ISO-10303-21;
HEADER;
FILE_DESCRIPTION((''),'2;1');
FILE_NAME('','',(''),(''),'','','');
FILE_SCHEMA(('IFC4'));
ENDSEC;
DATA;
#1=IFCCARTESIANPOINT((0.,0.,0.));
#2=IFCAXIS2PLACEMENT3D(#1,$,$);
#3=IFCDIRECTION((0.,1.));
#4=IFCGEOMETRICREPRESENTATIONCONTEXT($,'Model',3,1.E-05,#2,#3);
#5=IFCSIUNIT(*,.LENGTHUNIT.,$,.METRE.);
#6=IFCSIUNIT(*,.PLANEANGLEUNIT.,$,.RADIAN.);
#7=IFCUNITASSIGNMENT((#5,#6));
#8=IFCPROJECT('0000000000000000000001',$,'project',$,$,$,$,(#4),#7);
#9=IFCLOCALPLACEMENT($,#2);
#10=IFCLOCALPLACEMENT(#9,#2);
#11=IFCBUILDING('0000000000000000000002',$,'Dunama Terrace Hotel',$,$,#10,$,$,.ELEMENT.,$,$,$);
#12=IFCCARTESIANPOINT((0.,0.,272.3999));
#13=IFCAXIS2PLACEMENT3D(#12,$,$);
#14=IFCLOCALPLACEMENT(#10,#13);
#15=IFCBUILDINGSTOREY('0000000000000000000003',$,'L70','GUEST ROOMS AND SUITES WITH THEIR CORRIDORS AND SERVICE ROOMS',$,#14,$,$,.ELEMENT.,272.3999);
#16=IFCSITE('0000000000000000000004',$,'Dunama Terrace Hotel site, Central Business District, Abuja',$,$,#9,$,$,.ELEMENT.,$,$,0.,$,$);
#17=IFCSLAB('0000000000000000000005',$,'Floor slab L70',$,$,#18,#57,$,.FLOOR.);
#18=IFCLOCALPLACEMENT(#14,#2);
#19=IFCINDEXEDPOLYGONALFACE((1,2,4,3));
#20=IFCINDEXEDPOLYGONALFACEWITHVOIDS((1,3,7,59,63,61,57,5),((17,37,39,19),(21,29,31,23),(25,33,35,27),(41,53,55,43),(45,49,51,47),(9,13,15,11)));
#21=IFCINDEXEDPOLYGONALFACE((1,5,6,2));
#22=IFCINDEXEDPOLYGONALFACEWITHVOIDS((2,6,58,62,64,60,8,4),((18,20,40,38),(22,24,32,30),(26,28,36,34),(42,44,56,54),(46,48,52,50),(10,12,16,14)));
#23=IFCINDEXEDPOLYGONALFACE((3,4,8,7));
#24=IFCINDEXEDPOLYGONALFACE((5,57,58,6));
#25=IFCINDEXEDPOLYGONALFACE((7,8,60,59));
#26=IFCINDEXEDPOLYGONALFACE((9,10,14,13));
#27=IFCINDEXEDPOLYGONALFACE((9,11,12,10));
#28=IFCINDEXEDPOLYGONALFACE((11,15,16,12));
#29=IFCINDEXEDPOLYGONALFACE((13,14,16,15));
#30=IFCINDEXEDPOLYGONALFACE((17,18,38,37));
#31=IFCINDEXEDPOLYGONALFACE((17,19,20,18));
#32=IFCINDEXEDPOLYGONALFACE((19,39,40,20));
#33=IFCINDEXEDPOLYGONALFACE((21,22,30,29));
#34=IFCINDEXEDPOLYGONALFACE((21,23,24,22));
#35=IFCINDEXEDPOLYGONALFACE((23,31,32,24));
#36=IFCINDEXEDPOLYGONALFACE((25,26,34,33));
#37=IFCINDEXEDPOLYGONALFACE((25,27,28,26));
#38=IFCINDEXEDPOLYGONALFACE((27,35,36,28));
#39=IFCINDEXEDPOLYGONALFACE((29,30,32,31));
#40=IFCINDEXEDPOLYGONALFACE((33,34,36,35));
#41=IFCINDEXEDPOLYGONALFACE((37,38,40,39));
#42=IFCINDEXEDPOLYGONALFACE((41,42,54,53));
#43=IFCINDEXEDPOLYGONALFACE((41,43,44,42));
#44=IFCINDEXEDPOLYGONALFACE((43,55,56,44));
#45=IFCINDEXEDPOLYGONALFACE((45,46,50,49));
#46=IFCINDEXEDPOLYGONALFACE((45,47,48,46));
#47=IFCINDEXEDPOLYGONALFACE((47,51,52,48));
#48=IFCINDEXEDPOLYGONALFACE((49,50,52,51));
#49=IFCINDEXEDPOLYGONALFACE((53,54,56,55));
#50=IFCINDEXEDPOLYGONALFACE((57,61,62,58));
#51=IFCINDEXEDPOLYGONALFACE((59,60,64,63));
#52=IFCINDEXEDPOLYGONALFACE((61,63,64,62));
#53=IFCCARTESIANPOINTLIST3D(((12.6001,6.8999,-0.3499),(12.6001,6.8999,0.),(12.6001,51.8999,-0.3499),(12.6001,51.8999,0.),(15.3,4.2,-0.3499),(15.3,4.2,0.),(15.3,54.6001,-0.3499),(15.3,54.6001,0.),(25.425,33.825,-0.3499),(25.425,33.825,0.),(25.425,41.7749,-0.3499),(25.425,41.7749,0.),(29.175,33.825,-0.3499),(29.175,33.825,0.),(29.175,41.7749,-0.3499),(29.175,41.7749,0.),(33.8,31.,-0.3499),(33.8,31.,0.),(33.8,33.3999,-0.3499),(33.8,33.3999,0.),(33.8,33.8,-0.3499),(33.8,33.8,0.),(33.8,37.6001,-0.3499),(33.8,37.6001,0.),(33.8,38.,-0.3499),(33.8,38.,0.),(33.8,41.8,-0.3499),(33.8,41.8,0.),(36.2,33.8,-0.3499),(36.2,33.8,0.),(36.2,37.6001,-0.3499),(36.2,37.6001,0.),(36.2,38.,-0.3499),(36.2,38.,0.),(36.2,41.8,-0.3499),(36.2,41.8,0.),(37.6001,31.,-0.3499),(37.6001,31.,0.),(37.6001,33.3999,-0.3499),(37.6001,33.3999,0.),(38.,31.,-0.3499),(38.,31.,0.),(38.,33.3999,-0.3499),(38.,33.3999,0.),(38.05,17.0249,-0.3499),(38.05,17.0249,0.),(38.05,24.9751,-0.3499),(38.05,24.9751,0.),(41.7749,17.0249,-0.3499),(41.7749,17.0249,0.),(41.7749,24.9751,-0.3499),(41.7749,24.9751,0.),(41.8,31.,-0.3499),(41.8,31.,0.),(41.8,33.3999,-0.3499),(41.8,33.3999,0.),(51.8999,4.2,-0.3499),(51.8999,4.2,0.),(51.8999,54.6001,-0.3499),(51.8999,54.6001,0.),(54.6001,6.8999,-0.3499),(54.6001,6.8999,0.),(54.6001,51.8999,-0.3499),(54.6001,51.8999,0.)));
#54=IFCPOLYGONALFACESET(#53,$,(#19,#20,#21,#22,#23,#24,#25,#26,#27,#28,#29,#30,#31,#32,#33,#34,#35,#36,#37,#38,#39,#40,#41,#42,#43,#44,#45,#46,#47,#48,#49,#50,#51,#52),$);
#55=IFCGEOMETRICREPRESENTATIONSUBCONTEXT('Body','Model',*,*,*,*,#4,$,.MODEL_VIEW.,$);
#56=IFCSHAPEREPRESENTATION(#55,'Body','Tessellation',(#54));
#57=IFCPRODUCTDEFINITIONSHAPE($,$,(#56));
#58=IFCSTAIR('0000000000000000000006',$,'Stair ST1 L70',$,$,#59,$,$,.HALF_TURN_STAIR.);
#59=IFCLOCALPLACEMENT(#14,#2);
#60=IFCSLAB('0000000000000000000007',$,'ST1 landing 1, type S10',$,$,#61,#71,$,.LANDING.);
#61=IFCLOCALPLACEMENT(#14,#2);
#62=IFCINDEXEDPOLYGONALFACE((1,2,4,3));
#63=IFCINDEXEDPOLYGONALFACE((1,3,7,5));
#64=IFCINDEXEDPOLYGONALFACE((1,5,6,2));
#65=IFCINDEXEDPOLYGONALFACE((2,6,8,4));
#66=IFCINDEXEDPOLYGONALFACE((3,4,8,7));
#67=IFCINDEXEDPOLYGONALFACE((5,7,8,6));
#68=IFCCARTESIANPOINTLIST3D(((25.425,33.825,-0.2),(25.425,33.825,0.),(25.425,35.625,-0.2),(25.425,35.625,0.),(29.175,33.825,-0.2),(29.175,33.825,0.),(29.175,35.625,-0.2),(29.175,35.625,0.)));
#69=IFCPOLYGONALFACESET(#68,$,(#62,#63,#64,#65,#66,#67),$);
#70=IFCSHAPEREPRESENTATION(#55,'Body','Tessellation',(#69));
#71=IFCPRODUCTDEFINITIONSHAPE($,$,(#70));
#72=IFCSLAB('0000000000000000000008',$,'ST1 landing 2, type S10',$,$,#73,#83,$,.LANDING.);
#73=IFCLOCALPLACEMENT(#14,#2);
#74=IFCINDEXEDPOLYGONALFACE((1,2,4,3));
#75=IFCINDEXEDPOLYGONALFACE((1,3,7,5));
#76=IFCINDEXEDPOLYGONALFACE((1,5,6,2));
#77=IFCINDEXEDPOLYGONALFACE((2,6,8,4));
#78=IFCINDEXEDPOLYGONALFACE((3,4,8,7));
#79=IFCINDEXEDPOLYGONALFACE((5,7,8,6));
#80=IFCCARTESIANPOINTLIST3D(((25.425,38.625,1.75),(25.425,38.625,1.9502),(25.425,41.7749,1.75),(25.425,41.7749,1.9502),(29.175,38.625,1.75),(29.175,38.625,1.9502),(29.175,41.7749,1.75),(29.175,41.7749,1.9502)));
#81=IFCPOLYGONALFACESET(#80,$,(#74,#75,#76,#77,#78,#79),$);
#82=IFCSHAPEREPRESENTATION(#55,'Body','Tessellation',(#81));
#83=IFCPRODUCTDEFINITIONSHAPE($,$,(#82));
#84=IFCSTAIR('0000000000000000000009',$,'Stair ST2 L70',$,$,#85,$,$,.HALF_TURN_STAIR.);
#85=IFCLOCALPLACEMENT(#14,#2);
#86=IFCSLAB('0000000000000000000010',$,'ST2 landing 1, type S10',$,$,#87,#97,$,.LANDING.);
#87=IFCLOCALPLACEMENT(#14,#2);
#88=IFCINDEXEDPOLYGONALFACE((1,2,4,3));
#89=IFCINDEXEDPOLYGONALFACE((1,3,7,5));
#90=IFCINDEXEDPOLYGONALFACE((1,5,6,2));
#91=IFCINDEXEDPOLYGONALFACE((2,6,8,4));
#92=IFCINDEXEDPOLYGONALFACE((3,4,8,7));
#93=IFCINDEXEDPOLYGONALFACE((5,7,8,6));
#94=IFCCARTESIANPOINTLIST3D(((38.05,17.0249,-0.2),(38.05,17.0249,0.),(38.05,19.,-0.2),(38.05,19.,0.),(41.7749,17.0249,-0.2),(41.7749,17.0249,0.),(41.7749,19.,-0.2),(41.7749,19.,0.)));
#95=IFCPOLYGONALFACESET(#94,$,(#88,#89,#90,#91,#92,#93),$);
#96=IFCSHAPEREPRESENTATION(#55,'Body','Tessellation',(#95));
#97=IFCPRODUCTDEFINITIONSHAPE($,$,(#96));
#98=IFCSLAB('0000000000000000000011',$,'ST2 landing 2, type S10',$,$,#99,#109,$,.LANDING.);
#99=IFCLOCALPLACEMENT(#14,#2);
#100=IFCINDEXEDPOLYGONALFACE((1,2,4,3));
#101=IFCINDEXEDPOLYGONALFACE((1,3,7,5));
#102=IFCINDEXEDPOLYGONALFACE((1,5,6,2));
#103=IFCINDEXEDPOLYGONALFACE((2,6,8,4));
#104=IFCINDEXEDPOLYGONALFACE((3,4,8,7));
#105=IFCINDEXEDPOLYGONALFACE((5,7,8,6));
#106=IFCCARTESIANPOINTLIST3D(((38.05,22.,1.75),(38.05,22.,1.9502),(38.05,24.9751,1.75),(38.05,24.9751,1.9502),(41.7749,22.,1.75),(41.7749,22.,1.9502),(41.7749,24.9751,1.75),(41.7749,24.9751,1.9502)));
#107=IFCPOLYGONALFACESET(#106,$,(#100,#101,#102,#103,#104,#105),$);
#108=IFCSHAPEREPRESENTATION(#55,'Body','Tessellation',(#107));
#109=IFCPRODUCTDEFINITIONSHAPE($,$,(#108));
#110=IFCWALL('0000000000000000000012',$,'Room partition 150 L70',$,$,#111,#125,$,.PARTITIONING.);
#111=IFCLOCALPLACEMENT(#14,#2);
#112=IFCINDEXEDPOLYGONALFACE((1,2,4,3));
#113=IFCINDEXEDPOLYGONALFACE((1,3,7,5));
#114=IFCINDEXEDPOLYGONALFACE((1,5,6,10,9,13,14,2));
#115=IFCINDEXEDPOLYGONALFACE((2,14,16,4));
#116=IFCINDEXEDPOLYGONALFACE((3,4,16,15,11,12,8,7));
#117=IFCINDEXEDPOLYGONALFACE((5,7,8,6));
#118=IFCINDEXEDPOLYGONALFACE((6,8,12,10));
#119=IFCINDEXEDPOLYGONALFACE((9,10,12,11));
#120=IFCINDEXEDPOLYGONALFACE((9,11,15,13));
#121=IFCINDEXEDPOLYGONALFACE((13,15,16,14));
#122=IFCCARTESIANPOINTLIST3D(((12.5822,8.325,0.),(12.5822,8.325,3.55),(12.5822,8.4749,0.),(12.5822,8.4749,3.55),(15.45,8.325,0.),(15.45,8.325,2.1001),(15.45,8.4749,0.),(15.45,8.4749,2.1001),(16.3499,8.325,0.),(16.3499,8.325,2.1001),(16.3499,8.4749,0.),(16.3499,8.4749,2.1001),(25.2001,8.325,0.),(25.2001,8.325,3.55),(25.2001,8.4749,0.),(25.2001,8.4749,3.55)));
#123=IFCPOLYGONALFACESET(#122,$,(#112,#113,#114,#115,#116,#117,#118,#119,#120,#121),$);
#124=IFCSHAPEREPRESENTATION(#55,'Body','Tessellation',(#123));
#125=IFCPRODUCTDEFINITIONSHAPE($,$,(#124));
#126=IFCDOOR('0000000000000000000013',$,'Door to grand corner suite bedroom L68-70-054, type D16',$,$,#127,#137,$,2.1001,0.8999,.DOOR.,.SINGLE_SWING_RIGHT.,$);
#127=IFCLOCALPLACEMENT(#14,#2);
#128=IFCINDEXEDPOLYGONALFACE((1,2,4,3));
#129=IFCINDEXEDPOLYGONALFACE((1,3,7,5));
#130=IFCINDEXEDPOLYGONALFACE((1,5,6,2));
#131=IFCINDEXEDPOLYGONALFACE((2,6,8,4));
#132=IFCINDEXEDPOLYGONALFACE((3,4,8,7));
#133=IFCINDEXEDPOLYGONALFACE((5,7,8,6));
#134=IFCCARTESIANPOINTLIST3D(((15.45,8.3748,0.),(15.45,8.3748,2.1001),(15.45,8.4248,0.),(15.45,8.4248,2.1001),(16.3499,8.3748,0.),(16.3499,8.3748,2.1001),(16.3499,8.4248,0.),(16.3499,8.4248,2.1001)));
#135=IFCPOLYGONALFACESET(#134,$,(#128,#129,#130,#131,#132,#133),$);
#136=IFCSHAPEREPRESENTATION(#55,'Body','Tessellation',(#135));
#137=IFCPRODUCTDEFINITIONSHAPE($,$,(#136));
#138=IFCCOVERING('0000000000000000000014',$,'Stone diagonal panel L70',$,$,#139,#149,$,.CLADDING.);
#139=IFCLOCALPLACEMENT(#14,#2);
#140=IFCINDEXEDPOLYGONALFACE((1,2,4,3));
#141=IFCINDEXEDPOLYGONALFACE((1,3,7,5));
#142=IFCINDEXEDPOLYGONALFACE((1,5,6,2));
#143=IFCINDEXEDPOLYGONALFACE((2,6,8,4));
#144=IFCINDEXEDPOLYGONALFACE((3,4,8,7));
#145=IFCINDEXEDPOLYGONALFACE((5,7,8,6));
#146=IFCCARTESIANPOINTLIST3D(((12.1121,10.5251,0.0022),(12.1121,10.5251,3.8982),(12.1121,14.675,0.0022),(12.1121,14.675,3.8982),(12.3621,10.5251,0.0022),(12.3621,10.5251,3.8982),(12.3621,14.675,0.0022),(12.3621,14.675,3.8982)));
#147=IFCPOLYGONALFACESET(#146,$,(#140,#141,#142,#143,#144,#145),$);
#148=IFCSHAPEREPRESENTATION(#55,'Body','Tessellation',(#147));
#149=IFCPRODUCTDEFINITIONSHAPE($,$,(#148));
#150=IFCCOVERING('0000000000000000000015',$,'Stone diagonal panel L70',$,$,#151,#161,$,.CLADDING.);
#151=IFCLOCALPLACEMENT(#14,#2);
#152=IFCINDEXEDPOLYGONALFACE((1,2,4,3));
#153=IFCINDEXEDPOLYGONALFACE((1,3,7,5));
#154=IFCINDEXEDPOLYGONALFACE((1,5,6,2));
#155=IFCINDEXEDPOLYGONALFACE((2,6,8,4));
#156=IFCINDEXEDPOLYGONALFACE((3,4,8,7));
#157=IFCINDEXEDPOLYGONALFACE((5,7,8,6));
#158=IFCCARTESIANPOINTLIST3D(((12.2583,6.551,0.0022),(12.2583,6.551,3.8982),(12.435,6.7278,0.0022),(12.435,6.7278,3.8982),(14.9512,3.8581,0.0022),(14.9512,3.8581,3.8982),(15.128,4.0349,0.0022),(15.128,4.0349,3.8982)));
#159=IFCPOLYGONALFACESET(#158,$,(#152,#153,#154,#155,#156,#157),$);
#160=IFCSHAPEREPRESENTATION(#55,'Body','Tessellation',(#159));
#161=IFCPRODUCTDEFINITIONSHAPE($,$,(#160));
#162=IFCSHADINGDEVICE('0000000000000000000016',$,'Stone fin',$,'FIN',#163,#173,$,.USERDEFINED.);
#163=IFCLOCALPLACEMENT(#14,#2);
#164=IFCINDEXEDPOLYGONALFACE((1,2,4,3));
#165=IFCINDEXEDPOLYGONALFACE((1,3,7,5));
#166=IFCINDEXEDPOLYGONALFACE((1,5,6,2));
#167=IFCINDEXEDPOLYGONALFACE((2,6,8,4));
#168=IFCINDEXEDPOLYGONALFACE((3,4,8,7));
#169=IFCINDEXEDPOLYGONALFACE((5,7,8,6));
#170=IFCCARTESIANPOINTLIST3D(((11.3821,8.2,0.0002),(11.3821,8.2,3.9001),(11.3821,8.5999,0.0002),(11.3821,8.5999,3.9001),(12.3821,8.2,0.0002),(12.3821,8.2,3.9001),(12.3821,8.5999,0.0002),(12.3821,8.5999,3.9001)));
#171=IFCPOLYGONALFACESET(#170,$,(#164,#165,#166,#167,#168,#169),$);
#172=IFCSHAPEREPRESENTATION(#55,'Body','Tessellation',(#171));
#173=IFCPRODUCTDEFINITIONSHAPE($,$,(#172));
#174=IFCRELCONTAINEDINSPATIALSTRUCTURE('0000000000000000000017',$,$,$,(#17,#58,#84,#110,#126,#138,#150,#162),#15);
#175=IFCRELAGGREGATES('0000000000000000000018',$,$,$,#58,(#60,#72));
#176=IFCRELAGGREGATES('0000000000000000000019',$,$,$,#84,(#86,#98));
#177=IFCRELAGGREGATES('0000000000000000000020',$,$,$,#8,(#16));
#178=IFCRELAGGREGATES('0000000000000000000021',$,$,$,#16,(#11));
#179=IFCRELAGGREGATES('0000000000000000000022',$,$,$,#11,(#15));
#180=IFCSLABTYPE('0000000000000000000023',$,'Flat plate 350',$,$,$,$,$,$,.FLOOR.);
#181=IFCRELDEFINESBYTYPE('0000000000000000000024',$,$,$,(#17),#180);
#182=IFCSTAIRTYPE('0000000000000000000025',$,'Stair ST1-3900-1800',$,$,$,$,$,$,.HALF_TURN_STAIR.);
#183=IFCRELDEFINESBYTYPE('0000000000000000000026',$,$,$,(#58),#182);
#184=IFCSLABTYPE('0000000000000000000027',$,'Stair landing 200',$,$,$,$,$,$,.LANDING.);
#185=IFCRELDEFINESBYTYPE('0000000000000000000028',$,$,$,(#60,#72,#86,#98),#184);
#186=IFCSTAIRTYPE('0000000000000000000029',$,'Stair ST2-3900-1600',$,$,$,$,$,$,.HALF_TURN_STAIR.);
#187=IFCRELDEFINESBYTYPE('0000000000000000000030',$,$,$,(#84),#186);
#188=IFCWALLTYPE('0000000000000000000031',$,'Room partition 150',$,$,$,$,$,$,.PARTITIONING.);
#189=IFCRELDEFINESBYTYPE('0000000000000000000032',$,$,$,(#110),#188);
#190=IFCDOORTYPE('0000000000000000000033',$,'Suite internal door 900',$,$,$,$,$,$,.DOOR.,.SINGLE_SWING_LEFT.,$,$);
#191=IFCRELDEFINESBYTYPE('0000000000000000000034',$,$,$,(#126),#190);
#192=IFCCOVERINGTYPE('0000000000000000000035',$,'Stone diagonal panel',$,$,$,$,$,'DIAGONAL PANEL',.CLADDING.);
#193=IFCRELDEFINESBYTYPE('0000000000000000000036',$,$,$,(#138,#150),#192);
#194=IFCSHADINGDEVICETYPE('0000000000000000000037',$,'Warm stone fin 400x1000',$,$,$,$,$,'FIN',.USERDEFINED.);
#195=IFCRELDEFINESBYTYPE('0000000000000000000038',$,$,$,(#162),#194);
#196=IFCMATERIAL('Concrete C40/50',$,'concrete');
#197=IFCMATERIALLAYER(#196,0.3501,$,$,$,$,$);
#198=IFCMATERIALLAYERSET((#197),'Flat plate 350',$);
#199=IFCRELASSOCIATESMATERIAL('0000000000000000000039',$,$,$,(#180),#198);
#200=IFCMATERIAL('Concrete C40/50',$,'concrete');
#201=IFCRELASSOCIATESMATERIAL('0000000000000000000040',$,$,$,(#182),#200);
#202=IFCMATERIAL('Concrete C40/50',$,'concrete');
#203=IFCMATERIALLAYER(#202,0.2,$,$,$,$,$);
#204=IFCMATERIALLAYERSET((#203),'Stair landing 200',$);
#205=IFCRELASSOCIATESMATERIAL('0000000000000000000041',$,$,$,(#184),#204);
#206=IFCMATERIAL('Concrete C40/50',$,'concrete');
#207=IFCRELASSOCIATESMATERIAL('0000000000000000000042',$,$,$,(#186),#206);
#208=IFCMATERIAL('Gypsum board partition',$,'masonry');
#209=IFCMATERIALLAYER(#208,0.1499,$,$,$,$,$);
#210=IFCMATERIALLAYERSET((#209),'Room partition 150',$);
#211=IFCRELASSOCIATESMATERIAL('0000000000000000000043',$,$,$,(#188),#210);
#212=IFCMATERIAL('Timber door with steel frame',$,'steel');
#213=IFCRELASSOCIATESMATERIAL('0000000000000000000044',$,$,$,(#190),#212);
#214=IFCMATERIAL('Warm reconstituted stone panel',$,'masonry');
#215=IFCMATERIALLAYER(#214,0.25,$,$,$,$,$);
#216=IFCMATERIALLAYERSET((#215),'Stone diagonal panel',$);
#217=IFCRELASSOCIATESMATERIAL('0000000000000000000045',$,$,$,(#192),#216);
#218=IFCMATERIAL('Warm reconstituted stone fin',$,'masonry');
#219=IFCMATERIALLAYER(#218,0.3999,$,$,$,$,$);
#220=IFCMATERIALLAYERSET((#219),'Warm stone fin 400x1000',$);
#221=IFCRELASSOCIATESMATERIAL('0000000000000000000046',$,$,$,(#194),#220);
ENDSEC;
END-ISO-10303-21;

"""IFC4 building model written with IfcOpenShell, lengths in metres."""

from ifc_helpers import new_model, si_unit, direction, frame, frame_2d, origin, origin_2d, place, context, subcontext, project, spatial, polyline, rectangle, outline, extrude, material, layer, layer_set, type_object, element, fill, aggregate, save


model = new_model("IFC4")

# Units and contexts
model_context = context("Model", 3, precision=1e-05, world=origin(), true_north=direction((0.0, 1.0)))
body_context = subcontext(model_context, "Body", "Model", "MODEL_VIEW")
ifc_project = project(units=[si_unit("LENGTHUNIT", "METRE"), si_unit("PLANEANGLEUNIT", "RADIAN")], contexts=[model_context])

# Site, building, storey
site_placement = place(None, origin())
site = spatial("IfcSite", under=ifc_project, at=site_placement, Name="Dunama Terrace Hotel site, Central Business District, Abuja", CompositionType="ELEMENT", RefElevation=0.0)
building_placement = place(site_placement, origin())
building = spatial("IfcBuilding", under=site, at=building_placement, Name="Dunama Terrace Hotel", CompositionType="ELEMENT")
storey_placement = place(building_placement, frame((0.0, 0.0, 272.3999)))
storey = spatial("IfcBuildingStorey", under=building, at=storey_placement, Name="L70", Description="GUEST ROOMS AND SUITES WITH THEIR CORRIDORS AND SERVICE ROOMS", CompositionType="ELEMENT", Elevation=272.3999)

# Slab
ifc_material_1 = material(Name="Concrete C40/50", Category="concrete")
ifc_layer_1 = layer(ifc_material_1, 0.3501)
ifc_layer_set_1 = layer_set([ifc_layer_1], Name="Flat plate 350")
slab_type_1 = type_object("IfcSlabType", Name="Flat plate 350", PredefinedType="FLOOR", material=ifc_layer_set_1)
slab_1_placement = place(storey_placement, frame((0.0, 0.0, -0.3499)))
element("IfcSlab", 1, at=slab_1_placement, inside=storey, type_object=slab_type_1, Name="Floor slab L70", PredefinedType="FLOOR", context=body_context, shape_type="SweptSolid", body=[
    extrude(outline(polyline([(15.3, 4.2), (51.8999, 4.2), (54.6001, 6.8999), (54.6001, 51.8999), (51.8999, 54.6001), (15.3, 54.6001), (12.6001, 51.8999), (12.6001, 6.8999), (15.3, 4.2)]), holes=[polyline([(37.6001, 31.0), (37.6001, 33.3999), (33.8, 33.3999), (33.8, 31.0), (37.6001, 31.0)]), polyline([(41.8, 31.0), (41.8, 33.3999), (38.0, 33.3999), (38.0, 31.0), (41.8, 31.0)]), polyline([(36.2, 38.0), (36.2, 41.8), (33.8, 41.8), (33.8, 38.0), (36.2, 38.0)]), polyline([(36.2, 33.8), (36.2, 37.6001), (33.8, 37.6001), (33.8, 33.8), (36.2, 33.8)]), polyline([(29.175, 33.825), (29.175, 41.7749), (25.425, 41.7749), (25.425, 33.825), (29.175, 33.825)]), polyline([(41.7749, 17.0249), (41.7749, 24.9751), (38.05, 24.9751), (38.05, 17.0249), (41.7749, 17.0249)])]), origin(), (0.0, 0.0, 1.0), 0.3499),
])

# Stairs, slabs
ifc_material_2 = material(Name="Concrete C40/50", Category="concrete")
stair_type_1 = type_object("IfcStairType", Name="Stair ST1-3900-1800", PredefinedType="HALF_TURN_STAIR", material=ifc_material_2)
stair_1_placement = place(storey_placement, origin())
stair_1 = element("IfcStair", 2, at=stair_1_placement, inside=storey, type_object=stair_type_1, Name="Stair ST1 L70", PredefinedType="HALF_TURN_STAIR")
ifc_material_3 = material(Name="Concrete C40/50", Category="concrete")
ifc_layer_2 = layer(ifc_material_3, 0.2)
ifc_layer_set_2 = layer_set([ifc_layer_2], Name="Stair landing 200")
slab_type_2 = type_object("IfcSlabType", Name="Stair landing 200", PredefinedType="LANDING", material=ifc_layer_set_2)
slab_2_placement = place(storey_placement, frame((0.0, 0.0, -0.2)))
slab_2 = element("IfcSlab", 3, at=slab_2_placement, type_object=slab_type_2, Name="ST1 landing 1, type S10", PredefinedType="LANDING", context=body_context, shape_type="SweptSolid", body=[
    extrude(outline(polyline([(25.425, 33.825), (29.175, 33.825), (29.175, 35.625), (25.425, 35.625), (25.425, 33.825)])), origin(), (0.0, 0.0, 1.0), 0.2),
])
slab_3_placement = place(storey_placement, frame((0.0, 0.0, 1.75)))
slab_3 = element("IfcSlab", 4, at=slab_3_placement, type_object=slab_type_2, Name="ST1 landing 2, type S10", PredefinedType="LANDING", context=body_context, shape_type="SweptSolid", body=[
    extrude(outline(polyline([(25.425, 38.625), (29.175, 38.625), (29.175, 41.7749), (25.425, 41.7749), (25.425, 38.625)])), origin(), (0.0, 0.0, 1.0), 0.2002),
])
aggregate(stair_1, [slab_2, slab_3])
ifc_material_4 = material(Name="Concrete C40/50", Category="concrete")
stair_type_2 = type_object("IfcStairType", Name="Stair ST2-3900-1600", PredefinedType="HALF_TURN_STAIR", material=ifc_material_4)
stair_2_placement = place(storey_placement, origin())
stair_2 = element("IfcStair", 5, at=stair_2_placement, inside=storey, type_object=stair_type_2, Name="Stair ST2 L70", PredefinedType="HALF_TURN_STAIR")
slab_4_placement = place(storey_placement, frame((0.0, 0.0, -0.2)))
slab_4 = element("IfcSlab", 6, at=slab_4_placement, type_object=slab_type_2, Name="ST2 landing 1, type S10", PredefinedType="LANDING", context=body_context, shape_type="SweptSolid", body=[
    extrude(outline(polyline([(38.05, 17.0249), (41.7749, 17.0249), (41.7749, 19.0), (38.05, 19.0), (38.05, 17.0249)])), origin(), (0.0, 0.0, 1.0), 0.2),
])
slab_5_placement = place(storey_placement, frame((0.0, 0.0, 1.75)))
slab_5 = element("IfcSlab", 7, at=slab_5_placement, type_object=slab_type_2, Name="ST2 landing 2, type S10", PredefinedType="LANDING", context=body_context, shape_type="SweptSolid", body=[
    extrude(outline(polyline([(38.05, 22.0), (41.7749, 22.0), (41.7749, 24.9751), (38.05, 24.9751), (38.05, 22.0)])), origin(), (0.0, 0.0, 1.0), 0.2002),
])
aggregate(stair_2, [slab_4, slab_5])

# Wall, opening, door
ifc_material_5 = material(Name="Gypsum board partition", Category="masonry")
ifc_layer_3 = layer(ifc_material_5, 0.1499)
ifc_layer_set_3 = layer_set([ifc_layer_3], Name="Room partition 150")
wall_type = type_object("IfcWallType", Name="Room partition 150", PredefinedType="PARTITIONING", material=ifc_layer_set_3)
wall_placement = place(storey_placement, frame((12.582, 8.3999, 0.0), z_axis=(0.0, 0.0, 1.0), x_axis=(1.0, 0.0, 0.0)))
wall = element("IfcWall", 8, at=wall_placement, inside=storey, type_object=wall_type, Name="Room partition 150 L70", PredefinedType="PARTITIONING", context=body_context, shape_type="SweptSolid", body=[
    extrude(rectangle(XDim=12.6179, YDim=0.1499, at=frame_2d((6.3091, 0.0))), origin(), (0.0, 0.0, 1.0), 3.55),
])
opening_placement = place(wall_placement, frame((2.8679, 0.0, 0.0)))
opening = element("IfcOpeningElement", 9, at=opening_placement, cuts=wall, PredefinedType="OPENING", context=body_context, shape_type="SweptSolid", body=[
    extrude(rectangle(XDim=0.8999, YDim=2.1001, at=frame_2d((0.45, 1.05))), frame((0.0, 0.085, 0.0), z_axis=(0.0, -1.0, 0.0), x_axis=(1.0, 0.0, 0.0)), (0.0, 0.0, 1.0), 0.1699),
])
ifc_material_6 = material(Name="Timber door with steel frame", Category="steel")
door_type = type_object("IfcDoorType", Name="Suite internal door 900", OperationType="SINGLE_SWING_LEFT", PredefinedType="DOOR", material=ifc_material_6)
door_placement = place(opening_placement, frame((0.8999, 0.0, 0.0), z_axis=(0.0, 0.0, 1.0), x_axis=(-1.0, 0.0, 0.0)))
door = element("IfcDoor", 10, at=door_placement, inside=storey, type_object=door_type, Name="Door to grand corner suite bedroom L68-70-054, type D16", OperationType="SINGLE_SWING_RIGHT", OverallHeight=2.1001, OverallWidth=0.8999, PredefinedType="DOOR", context=body_context, shape_type="SweptSolid", body=[
    extrude(rectangle(XDim=0.8999, YDim=2.1001, at=frame_2d((0.45, 1.05))), frame((0.0, 0.0251, 0.0), z_axis=(0.0, -1.0, 0.0), x_axis=(1.0, 0.0, 0.0)), (0.0, 0.0, 1.0), 0.05),
])
fill(opening, door)

# Coverings
ifc_material_7 = material(Name="Warm reconstituted stone panel", Category="masonry")
ifc_layer_4 = layer(ifc_material_7, 0.25)
ifc_layer_set_4 = layer_set([ifc_layer_4], Name="Stone diagonal panel")
covering_type = type_object("IfcCoveringType", Name="Stone diagonal panel", ElementType="DIAGONAL PANEL", PredefinedType="CLADDING", material=ifc_layer_set_4)
covering_1_placement = place(storey_placement, frame((12.2371, 12.6001, 0.0022), z_axis=(0.0, 0.0, 1.0), x_axis=(0.0, -1.0, 0.0)))
element("IfcCovering", 11, at=covering_1_placement, inside=storey, type_object=covering_type, Name="Stone diagonal panel L70", PredefinedType="CLADDING", context=body_context, shape_type="SweptSolid", body=[
    extrude(rectangle(XDim=4.1499, YDim=0.25, at=origin_2d()), origin(), (0.0, 0.0, 1.0), 3.896),
])
covering_2_placement = place(storey_placement, frame((13.6931, 5.293, 0.0022), z_axis=(0.0, 0.0, 1.0), x_axis=(0.707107, -0.707107, 0.0)))
element("IfcCovering", 12, at=covering_2_placement, inside=storey, type_object=covering_type, Name="Stone diagonal panel L70", PredefinedType="CLADDING", context=body_context, shape_type="SweptSolid", body=[
    extrude(rectangle(XDim=3.8083, YDim=0.25, at=origin_2d()), origin(), (0.0, 0.0, 1.0), 3.896),
])

# Shading device
ifc_material_8 = material(Name="Warm reconstituted stone fin", Category="masonry")
ifc_layer_5 = layer(ifc_material_8, 0.3999)
ifc_layer_set_5 = layer_set([ifc_layer_5], Name="Warm stone fin 400x1000")
shading_device_type = type_object("IfcShadingDeviceType", Name="Warm stone fin 400x1000", ElementType="FIN", PredefinedType="USERDEFINED", material=ifc_layer_set_5)
shading_device_placement = place(storey_placement, frame((11.8821, 8.3999, 0.0002), z_axis=(0.0, 0.0, 1.0), x_axis=(0.0, -1.0, 0.0)))
element("IfcShadingDevice", 13, at=shading_device_placement, inside=storey, type_object=shading_device_type, Name="Stone fin", ObjectType="FIN", PredefinedType="USERDEFINED", context=body_context, shape_type="SweptSolid", body=[
    extrude(rectangle(XDim=0.3999, YDim=1.0, at=origin_2d()), origin(), (0.0, 0.0, 1.0), 3.8999),
])

save(model, "model.ifc")
